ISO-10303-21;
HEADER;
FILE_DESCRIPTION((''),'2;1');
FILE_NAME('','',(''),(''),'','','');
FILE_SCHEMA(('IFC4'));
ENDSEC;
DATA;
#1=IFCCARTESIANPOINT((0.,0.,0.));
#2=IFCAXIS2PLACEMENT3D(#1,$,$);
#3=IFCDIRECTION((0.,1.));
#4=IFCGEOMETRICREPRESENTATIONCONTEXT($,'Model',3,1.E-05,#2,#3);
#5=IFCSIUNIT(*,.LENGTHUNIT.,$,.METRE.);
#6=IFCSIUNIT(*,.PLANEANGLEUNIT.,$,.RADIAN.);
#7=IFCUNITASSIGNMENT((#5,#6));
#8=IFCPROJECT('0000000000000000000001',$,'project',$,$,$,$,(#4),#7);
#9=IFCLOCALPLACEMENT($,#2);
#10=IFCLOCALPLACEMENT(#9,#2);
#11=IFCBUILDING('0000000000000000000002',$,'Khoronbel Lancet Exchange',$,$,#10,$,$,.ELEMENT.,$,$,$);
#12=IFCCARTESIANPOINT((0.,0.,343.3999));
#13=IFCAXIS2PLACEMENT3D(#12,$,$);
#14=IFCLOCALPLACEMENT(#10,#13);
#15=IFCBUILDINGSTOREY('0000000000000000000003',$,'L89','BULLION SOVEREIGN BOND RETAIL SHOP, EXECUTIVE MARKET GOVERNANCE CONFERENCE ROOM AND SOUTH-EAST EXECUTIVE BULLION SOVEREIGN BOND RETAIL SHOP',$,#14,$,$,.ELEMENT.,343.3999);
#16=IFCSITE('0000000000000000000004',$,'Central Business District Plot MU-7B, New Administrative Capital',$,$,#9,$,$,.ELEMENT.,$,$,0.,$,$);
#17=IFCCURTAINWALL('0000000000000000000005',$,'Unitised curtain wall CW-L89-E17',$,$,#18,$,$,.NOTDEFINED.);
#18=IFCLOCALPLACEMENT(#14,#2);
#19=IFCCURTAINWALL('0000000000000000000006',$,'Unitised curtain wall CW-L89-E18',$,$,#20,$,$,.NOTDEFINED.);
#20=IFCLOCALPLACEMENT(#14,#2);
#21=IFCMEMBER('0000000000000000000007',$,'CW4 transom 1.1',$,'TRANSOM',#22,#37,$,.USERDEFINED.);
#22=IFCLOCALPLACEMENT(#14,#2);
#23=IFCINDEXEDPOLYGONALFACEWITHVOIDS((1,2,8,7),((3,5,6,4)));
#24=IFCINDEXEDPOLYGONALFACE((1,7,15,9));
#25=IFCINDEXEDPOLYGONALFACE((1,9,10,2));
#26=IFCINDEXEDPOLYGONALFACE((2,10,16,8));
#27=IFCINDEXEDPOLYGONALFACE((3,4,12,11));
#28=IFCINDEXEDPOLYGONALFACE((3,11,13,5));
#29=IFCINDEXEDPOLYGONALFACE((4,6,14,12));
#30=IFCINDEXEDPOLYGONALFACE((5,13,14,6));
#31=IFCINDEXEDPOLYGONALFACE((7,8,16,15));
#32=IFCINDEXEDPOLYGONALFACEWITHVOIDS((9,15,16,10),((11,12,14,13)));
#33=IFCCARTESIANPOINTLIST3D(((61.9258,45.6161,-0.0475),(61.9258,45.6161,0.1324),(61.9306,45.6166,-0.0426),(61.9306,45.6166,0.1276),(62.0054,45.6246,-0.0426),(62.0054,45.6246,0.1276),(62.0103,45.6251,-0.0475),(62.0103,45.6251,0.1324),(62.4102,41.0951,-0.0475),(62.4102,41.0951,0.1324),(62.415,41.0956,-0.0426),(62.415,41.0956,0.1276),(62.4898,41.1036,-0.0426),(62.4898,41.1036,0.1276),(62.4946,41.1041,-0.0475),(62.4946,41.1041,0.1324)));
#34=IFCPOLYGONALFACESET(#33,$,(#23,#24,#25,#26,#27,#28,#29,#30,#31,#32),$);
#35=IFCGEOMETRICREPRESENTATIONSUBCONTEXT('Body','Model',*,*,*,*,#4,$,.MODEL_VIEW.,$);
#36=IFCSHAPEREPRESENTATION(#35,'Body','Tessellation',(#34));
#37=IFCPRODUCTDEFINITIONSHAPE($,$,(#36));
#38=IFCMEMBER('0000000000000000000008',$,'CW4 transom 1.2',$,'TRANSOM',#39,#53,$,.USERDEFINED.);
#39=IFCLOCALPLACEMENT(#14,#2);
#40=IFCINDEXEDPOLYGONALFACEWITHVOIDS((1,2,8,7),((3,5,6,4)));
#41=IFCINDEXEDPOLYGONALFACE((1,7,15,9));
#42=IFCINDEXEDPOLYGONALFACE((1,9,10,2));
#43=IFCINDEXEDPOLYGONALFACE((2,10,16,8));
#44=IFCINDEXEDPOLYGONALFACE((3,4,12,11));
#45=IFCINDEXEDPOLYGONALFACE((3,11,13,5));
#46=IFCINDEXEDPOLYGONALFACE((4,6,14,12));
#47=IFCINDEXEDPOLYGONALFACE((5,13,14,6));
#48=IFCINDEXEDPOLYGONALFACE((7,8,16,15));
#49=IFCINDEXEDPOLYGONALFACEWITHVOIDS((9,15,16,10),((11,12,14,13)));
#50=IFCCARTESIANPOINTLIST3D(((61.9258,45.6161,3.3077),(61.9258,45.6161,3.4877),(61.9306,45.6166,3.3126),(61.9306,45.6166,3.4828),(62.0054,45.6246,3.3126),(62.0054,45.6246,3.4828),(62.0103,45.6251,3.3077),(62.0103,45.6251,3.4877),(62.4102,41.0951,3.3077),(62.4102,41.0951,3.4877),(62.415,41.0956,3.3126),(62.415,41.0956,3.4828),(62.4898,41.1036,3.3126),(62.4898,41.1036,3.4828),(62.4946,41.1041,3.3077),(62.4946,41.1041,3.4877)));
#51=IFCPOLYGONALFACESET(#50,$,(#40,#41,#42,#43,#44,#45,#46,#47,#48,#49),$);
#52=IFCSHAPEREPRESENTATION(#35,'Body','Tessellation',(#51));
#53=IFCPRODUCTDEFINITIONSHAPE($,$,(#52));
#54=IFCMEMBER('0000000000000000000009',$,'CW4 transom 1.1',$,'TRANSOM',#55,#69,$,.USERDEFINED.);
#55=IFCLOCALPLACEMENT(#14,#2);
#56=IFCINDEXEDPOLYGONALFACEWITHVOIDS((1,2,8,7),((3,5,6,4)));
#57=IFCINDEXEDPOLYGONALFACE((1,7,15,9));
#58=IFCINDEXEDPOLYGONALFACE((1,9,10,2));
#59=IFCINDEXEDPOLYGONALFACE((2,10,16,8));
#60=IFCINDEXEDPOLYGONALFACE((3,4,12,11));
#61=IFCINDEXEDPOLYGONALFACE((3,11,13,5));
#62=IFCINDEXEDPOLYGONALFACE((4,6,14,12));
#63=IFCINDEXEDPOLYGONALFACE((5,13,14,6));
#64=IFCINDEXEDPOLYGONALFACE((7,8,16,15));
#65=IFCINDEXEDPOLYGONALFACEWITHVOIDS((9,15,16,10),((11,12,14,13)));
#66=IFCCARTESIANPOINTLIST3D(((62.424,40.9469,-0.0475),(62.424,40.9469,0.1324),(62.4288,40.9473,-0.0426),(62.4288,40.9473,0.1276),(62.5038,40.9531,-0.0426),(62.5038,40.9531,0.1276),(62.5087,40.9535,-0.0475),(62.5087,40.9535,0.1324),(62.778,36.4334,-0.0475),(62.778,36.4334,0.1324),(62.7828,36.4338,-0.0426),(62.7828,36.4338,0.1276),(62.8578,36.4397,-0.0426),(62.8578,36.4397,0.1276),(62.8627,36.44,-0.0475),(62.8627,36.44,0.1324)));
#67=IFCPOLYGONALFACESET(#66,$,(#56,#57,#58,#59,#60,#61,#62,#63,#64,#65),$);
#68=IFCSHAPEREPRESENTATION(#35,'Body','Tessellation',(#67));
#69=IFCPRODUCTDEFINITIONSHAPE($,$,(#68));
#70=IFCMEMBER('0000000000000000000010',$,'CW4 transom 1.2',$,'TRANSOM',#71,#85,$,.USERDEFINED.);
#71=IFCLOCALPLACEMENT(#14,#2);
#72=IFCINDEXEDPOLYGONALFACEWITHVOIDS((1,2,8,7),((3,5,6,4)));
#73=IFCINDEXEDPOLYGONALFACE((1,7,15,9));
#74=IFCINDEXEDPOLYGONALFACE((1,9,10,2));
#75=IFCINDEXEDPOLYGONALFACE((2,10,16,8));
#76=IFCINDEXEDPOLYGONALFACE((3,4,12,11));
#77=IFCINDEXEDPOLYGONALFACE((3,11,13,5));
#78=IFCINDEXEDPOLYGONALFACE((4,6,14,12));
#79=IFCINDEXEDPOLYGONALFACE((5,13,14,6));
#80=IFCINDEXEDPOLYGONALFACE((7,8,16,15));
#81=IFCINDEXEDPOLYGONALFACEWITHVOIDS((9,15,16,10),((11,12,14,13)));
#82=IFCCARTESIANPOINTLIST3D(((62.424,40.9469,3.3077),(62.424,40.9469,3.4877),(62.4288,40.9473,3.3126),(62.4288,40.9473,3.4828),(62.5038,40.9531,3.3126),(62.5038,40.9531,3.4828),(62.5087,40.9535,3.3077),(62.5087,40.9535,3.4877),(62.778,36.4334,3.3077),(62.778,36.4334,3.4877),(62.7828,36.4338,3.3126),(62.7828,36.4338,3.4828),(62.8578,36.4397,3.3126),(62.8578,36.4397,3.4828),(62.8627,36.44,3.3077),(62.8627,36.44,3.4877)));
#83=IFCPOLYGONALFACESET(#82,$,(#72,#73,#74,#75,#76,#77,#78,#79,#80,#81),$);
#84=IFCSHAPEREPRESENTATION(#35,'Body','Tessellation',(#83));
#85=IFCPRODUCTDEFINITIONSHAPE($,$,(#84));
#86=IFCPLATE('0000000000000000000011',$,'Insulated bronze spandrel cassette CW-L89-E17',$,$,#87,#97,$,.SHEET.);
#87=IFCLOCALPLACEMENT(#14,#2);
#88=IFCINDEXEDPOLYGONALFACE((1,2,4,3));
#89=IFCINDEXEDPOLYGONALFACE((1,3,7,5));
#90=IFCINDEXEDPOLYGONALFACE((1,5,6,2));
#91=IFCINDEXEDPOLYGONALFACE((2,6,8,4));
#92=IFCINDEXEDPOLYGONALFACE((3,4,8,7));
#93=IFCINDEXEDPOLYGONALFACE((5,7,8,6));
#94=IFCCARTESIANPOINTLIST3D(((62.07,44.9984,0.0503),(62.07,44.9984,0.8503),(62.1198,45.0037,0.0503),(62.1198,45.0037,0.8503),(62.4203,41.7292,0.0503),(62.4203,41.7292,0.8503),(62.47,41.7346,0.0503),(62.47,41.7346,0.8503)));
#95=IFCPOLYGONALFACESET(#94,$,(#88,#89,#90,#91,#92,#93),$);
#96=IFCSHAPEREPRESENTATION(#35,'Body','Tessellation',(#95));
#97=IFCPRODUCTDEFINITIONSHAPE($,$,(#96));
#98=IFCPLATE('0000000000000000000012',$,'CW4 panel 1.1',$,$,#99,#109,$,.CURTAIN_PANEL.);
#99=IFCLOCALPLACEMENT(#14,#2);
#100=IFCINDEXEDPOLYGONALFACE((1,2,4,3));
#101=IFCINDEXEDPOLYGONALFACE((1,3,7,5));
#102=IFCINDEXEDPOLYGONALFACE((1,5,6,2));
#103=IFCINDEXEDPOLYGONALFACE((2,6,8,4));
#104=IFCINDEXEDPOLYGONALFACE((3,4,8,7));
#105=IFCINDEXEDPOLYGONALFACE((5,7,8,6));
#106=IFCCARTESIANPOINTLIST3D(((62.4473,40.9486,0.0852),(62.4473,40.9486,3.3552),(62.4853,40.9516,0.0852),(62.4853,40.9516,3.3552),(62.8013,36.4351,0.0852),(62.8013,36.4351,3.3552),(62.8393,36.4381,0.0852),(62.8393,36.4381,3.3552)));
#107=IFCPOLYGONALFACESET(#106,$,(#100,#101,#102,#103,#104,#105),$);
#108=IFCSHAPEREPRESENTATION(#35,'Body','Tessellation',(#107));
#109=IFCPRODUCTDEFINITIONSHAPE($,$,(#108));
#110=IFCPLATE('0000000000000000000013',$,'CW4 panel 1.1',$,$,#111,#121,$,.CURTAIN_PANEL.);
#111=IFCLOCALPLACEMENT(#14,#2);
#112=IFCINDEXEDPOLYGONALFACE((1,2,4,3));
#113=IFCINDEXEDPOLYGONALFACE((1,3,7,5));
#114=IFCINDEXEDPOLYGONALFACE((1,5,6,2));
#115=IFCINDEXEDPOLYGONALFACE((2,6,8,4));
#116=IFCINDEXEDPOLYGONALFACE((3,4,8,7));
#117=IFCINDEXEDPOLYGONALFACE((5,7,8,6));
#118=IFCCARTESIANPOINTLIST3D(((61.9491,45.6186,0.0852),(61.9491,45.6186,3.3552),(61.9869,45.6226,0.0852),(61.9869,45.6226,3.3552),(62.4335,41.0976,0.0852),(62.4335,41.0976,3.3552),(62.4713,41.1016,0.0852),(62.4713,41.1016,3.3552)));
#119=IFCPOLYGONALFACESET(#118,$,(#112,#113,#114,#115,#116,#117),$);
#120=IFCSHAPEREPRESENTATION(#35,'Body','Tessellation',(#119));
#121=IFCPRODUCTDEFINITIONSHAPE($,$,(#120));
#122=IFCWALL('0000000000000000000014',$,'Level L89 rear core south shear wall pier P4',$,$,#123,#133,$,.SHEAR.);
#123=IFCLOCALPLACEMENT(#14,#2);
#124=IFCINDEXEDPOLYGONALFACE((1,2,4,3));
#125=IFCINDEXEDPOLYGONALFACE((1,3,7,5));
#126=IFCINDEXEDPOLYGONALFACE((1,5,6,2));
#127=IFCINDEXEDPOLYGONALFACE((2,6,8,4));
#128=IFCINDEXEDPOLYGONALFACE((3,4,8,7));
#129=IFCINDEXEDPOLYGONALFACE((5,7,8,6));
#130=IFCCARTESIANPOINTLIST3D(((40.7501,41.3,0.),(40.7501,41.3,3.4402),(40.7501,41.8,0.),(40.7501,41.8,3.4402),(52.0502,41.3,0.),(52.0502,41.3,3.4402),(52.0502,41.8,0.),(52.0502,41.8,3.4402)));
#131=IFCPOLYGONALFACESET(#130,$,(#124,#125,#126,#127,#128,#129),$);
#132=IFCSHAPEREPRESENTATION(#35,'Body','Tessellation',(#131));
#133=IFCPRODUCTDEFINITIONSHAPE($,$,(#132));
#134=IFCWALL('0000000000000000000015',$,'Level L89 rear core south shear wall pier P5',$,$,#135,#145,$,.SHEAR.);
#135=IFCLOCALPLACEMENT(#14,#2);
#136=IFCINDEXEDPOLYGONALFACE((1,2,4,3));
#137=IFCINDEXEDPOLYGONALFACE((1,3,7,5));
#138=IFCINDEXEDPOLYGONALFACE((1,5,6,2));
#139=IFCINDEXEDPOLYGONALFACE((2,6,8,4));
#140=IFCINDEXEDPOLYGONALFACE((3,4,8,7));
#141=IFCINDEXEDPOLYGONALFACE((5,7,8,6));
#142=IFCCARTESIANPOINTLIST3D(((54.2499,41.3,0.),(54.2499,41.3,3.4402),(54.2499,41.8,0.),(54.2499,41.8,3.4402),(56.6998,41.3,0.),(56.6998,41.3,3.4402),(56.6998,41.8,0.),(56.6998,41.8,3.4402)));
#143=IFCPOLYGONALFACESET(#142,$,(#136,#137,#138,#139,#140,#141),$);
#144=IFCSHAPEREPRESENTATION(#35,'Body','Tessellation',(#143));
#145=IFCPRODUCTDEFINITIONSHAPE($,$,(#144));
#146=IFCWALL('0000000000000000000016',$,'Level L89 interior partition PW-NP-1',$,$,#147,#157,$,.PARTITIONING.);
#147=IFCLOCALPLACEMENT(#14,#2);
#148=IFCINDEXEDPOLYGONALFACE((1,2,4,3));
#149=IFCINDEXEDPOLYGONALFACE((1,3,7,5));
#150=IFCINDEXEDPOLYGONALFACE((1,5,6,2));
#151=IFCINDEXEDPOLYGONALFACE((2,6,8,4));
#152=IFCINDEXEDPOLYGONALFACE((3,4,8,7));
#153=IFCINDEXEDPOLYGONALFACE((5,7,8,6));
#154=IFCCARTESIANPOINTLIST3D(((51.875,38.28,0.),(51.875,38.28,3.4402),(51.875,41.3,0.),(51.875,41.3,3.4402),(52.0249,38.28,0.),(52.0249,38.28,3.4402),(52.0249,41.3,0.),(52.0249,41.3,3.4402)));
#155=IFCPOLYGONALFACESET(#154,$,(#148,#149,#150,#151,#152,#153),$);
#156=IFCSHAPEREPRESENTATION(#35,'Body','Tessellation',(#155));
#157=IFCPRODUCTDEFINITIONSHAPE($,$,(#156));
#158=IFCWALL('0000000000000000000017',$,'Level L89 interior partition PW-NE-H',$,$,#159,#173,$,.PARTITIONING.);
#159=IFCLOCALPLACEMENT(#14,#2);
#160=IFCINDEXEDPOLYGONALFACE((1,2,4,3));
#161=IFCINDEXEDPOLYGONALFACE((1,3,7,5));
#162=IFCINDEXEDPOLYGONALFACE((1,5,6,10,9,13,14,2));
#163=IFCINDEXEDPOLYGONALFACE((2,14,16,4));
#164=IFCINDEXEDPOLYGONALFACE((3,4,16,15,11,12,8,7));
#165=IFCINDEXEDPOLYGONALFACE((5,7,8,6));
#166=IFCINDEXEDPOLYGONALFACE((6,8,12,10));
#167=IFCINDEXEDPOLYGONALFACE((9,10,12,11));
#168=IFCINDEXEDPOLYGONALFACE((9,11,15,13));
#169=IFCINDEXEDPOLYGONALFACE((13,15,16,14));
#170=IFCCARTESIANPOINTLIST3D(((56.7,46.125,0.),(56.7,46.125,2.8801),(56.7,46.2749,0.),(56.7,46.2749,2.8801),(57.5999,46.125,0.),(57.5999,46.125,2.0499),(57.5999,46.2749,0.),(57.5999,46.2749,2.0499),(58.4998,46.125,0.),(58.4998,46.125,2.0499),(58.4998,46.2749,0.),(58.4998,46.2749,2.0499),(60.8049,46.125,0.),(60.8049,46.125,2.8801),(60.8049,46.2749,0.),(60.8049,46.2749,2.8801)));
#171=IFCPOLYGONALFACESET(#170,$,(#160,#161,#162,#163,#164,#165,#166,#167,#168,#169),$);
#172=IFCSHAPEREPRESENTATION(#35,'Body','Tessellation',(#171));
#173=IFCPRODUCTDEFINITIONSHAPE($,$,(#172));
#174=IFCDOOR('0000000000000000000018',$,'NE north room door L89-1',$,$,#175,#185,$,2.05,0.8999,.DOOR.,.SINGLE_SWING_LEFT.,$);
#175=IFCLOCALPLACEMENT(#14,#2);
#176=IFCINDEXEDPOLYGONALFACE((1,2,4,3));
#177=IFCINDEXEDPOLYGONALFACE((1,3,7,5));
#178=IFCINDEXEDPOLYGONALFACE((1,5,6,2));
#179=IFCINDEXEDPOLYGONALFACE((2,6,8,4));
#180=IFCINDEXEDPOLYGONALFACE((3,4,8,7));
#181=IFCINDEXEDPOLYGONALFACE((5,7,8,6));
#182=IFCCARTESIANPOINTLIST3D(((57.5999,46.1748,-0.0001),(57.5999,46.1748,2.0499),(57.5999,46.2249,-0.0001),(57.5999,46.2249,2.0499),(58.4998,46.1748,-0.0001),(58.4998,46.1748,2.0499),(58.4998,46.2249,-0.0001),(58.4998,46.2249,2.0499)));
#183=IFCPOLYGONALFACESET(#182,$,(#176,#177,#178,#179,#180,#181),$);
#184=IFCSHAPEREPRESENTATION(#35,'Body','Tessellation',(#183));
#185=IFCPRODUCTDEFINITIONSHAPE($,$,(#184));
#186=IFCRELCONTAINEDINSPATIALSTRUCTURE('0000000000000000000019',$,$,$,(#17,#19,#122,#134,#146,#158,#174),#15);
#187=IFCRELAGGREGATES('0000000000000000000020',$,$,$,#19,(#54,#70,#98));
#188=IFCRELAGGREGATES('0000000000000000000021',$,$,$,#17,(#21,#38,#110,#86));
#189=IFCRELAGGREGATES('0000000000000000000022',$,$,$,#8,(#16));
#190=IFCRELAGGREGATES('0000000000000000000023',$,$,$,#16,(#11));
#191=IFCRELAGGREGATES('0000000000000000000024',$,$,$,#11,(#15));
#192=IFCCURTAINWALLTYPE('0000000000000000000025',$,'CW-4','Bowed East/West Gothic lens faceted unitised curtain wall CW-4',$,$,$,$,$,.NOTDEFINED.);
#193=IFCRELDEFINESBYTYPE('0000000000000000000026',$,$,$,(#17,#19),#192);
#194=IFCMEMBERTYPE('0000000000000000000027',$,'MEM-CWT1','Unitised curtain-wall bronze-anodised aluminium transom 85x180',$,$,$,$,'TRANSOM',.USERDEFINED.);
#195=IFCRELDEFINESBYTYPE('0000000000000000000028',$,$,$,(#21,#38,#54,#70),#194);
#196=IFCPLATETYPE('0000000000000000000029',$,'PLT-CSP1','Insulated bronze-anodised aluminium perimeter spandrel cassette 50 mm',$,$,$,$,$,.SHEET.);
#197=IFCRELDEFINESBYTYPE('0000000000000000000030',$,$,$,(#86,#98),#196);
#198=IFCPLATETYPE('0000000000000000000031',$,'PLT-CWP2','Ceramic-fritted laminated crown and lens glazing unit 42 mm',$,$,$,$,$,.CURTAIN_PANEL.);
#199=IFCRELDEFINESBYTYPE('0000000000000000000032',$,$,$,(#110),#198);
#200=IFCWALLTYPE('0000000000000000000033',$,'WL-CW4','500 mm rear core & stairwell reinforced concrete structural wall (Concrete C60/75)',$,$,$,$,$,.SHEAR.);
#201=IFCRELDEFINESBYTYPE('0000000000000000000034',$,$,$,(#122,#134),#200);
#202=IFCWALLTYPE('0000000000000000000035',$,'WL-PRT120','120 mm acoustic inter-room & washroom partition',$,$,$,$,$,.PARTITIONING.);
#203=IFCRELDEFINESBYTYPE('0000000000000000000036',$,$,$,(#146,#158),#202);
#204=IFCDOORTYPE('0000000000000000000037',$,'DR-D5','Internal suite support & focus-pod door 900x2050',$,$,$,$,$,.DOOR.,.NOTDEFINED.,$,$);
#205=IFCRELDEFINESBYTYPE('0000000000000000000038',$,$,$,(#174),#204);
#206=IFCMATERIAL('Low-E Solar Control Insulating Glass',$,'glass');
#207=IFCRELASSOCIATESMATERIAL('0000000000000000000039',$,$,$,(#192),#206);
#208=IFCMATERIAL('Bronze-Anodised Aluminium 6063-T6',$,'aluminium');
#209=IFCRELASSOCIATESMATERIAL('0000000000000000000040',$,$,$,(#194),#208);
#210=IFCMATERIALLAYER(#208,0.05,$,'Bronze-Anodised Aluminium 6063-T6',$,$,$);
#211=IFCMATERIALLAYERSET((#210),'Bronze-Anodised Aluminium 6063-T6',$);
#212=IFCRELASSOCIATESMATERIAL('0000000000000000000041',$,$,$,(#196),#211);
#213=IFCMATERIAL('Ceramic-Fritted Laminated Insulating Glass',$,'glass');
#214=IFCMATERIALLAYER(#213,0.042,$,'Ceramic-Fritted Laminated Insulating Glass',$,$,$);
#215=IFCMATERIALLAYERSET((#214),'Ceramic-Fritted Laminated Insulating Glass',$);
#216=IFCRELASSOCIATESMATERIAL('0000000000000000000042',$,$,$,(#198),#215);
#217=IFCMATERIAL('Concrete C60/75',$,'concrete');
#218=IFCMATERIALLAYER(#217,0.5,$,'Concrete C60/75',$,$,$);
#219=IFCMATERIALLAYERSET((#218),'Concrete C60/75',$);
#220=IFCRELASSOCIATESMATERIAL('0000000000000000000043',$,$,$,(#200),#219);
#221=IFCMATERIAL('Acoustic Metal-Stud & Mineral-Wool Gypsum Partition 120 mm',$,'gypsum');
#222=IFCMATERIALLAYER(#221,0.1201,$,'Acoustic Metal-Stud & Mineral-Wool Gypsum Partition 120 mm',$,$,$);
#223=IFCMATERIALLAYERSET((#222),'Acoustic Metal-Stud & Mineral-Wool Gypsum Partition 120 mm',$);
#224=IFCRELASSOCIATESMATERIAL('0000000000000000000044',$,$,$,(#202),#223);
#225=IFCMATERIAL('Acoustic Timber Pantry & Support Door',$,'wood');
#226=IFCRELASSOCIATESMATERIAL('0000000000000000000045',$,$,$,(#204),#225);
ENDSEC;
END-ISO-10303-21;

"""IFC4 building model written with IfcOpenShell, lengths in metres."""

from ifc_helpers import new_model, si_unit, direction, frame, frame_2d, origin, origin_2d, place, context, subcontext, project, spatial, rectangle, hollow_rectangle, extrude, material, layer, layer_set, material_profile, profile_set, type_object, element, fill, aggregate, save


model = new_model("IFC4")

# Units and contexts
model_context = context("Model", 3, precision=1e-05, world=origin(), true_north=direction((0.0, 1.0)))
body_context = subcontext(model_context, "Body", "Model", "MODEL_VIEW")
ifc_project = project(units=[si_unit("LENGTHUNIT", "METRE"), si_unit("PLANEANGLEUNIT", "RADIAN")], contexts=[model_context])

# Site, building, storey
site_placement = place(None, origin())
site = spatial("IfcSite", under=ifc_project, at=site_placement, Name="Central Business District Plot MU-7B, New Administrative Capital", CompositionType="ELEMENT", RefElevation=0.0)
building_placement = place(site_placement, origin())
building = spatial("IfcBuilding", under=site, at=building_placement, Name="Khoronbel Lancet Exchange", CompositionType="ELEMENT")
storey_placement = place(building_placement, frame((0.0, 0.0, 343.3999)))
storey = spatial("IfcBuildingStorey", under=building, at=storey_placement, Name="L89", Description="BULLION SOVEREIGN BOND RETAIL SHOP, EXECUTIVE MARKET GOVERNANCE CONFERENCE ROOM AND SOUTH-EAST EXECUTIVE BULLION SOVEREIGN BOND RETAIL SHOP", CompositionType="ELEMENT", Elevation=343.3999)

# Shared definitions
ifc_material_1 = material(Name="Concrete C60/75", Category="concrete")

# Curtain wall
ifc_material_2 = material(Name="Low-E Solar Control Insulating Glass", Category="glass")
curtain_wall_type = type_object("IfcCurtainWallType", Name="CW-4", Description="Bowed East/West Gothic lens faceted unitised curtain wall CW-4", PredefinedType="NOTDEFINED", material=ifc_material_2)
curtain_wall_1_placement = place(storey_placement, origin())
curtain_wall_1 = element("IfcCurtainWall", 1, at=curtain_wall_1_placement, inside=storey, type_object=curtain_wall_type, Name="Unitised curtain wall CW-L89-E17", PredefinedType="NOTDEFINED")
ifc_material_3 = material(Name="Bronze-Anodised Aluminium 6063-T6", Category="aluminium")

# Curtain wall
curtain_wall_2_placement = place(storey_placement, origin())
curtain_wall_2 = element("IfcCurtainWall", 2, at=curtain_wall_2_placement, inside=storey, type_object=curtain_wall_type, Name="Unitised curtain wall CW-L89-E18", PredefinedType="NOTDEFINED")

# Members
ifc_material_profile_1 = material_profile(ifc_material_3, hollow_rectangle(XDim=0.085, YDim=0.1799, WallThickness=0.0049, at=origin_2d()), Name="ALU TRANSOM 85x180")
ifc_profile_set_1 = profile_set([ifc_material_profile_1], Name="Bronze-Anodised Aluminium 6063-T6")
member_type_1 = type_object("IfcMemberType", Name="MEM-CWT1", Description="Unitised curtain-wall bronze-anodised aluminium transom 85x180", ElementType="TRANSOM", PredefinedType="USERDEFINED", material=ifc_profile_set_1)
member_1_placement = place(storey_placement, frame((61.968, 45.6206, 0.0425), z_axis=(0.106529, -0.99431, 0.0), x_axis=(0.99431, 0.106529, 0.0)))
member_1 = element("IfcMember", 3, at=member_1_placement, type_object=member_type_1, Name="CW4 transom 1.1", ObjectType="TRANSOM", PredefinedType="USERDEFINED", context=body_context, shape_type="SweptSolid", body=[
    extrude(hollow_rectangle(XDim=0.085, YDim=0.1799, WallThickness=0.0049, at=origin_2d()), origin(), (0.0, 0.0, 1.0), 4.5469),
])
member_2_placement = place(storey_placement, frame((61.968, 45.6206, 3.3977), z_axis=(0.106529, -0.99431, 0.0), x_axis=(0.99431, 0.106529, 0.0)))
member_2 = element("IfcMember", 4, at=member_2_placement, type_object=member_type_1, Name="CW4 transom 1.2", ObjectType="TRANSOM", PredefinedType="USERDEFINED", context=body_context, shape_type="SweptSolid", body=[
    extrude(hollow_rectangle(XDim=0.085, YDim=0.1799, WallThickness=0.0049, at=origin_2d()), origin(), (0.0, 0.0, 1.0), 4.5469),
])
member_3_placement = place(storey_placement, frame((62.4663, 40.9502, 0.0425), z_axis=(0.078193, -0.996938, 0.0), x_axis=(0.996938, 0.078193, 0.0)))
member_3 = element("IfcMember", 5, at=member_3_placement, type_object=member_type_1, Name="CW4 transom 1.1", ObjectType="TRANSOM", PredefinedType="USERDEFINED", context=body_context, shape_type="SweptSolid", body=[
    extrude(hollow_rectangle(XDim=0.085, YDim=0.1799, WallThickness=0.0049, at=origin_2d()), origin(), (0.0, 0.0, 1.0), 4.5273),
])
member_4_placement = place(storey_placement, frame((62.4663, 40.9502, 3.3977), z_axis=(0.078193, -0.996938, 0.0), x_axis=(0.996938, 0.078193, 0.0)))
member_4 = element("IfcMember", 6, at=member_4_placement, type_object=member_type_1, Name="CW4 transom 1.2", ObjectType="TRANSOM", PredefinedType="USERDEFINED", context=body_context, shape_type="SweptSolid", body=[
    extrude(hollow_rectangle(XDim=0.085, YDim=0.1799, WallThickness=0.0049, at=origin_2d()), origin(), (0.0, 0.0, 1.0), 4.5273),
])

# Plates
ifc_layer_1 = layer(ifc_material_3, 0.05, Name="Bronze-Anodised Aluminium 6063-T6")
ifc_layer_set_1 = layer_set([ifc_layer_1], Name="Bronze-Anodised Aluminium 6063-T6")
plate_type_1 = type_object("IfcPlateType", Name="PLT-CSP1", Description="Insulated bronze-anodised aluminium perimeter spandrel cassette 50 mm", PredefinedType="SHEET", material=ifc_layer_set_1)
plate_1_placement = place(storey_placement, frame((62.27, 43.3665, 0.0503), z_axis=(0.0, 0.0, 1.0), x_axis=(0.106538, -0.994309, 0.0)))
plate_1 = element("IfcPlate", 7, at=plate_1_placement, type_object=plate_type_1, Name="Insulated bronze spandrel cassette CW-L89-E17", PredefinedType="SHEET", context=body_context, shape_type="SweptSolid", body=[
    extrude(rectangle(XDim=3.2878, YDim=0.05, at=origin_2d()), origin(), (0.0, 0.0, 1.0), 0.8),
])
plate_2_placement = place(storey_placement, frame((62.6433, 38.6934, 0.0852), z_axis=(0.0, 0.0, 1.0), x_axis=(0.078184, -0.996939, 0.0)))
plate_2 = element("IfcPlate", 8, at=plate_2_placement, type_object=plate_type_1, Name="CW4 panel 1.1", PredefinedType="CURTAIN_PANEL", context=body_context, shape_type="SweptSolid", body=[
    extrude(rectangle(XDim=4.5273, YDim=0.0381, at=origin_2d()), origin(), (0.0, 0.0, 1.0), 3.27),
])
aggregate(curtain_wall_2, [member_3, member_4, plate_2])
ifc_material_4 = material(Name="Ceramic-Fritted Laminated Insulating Glass", Category="glass")
ifc_layer_2 = layer(ifc_material_4, 0.042, Name="Ceramic-Fritted Laminated Insulating Glass")
ifc_layer_set_2 = layer_set([ifc_layer_2], Name="Ceramic-Fritted Laminated Insulating Glass")
plate_type_2 = type_object("IfcPlateType", Name="PLT-CWP2", Description="Ceramic-fritted laminated crown and lens glazing unit 42 mm", PredefinedType="CURTAIN_PANEL", material=ifc_layer_set_2)
plate_3_placement = place(storey_placement, frame((62.2102, 43.3601, 0.0852), z_axis=(0.0, 0.0, 1.0), x_axis=(0.106538, -0.994309, 0.0)))
plate_3 = element("IfcPlate", 9, at=plate_3_placement, type_object=plate_type_2, Name="CW4 panel 1.1", PredefinedType="CURTAIN_PANEL", context=body_context, shape_type="SweptSolid", body=[
    extrude(rectangle(XDim=4.5469, YDim=0.0381, at=origin_2d()), origin(), (0.0, 0.0, 1.0), 3.27),
])
aggregate(curtain_wall_1, [member_1, member_2, plate_3, plate_1])

# Walls
ifc_layer_3 = layer(ifc_material_1, 0.5, Name="Concrete C60/75")
ifc_layer_set_3 = layer_set([ifc_layer_3], Name="Concrete C60/75")
wall_type_1 = type_object("IfcWallType", Name="WL-CW4", Description="500 mm rear core & stairwell reinforced concrete structural wall (Concrete C60/75)", PredefinedType="SHEAR", material=ifc_layer_set_3)
wall_1_placement = place(storey_placement, frame((52.05, 41.55, 0.0), z_axis=(0.0, 0.0, 1.0), x_axis=(-1.0, 0.0, 0.0)))
element("IfcWall", 10, at=wall_1_placement, inside=storey, type_object=wall_type_1, Name="Level L89 rear core south shear wall pier P4", PredefinedType="SHEAR", context=body_context, shape_type="SweptSolid", body=[
    extrude(rectangle(XDim=11.3, YDim=0.5, at=frame_2d((5.6499, 0.0))), origin(), (0.0, 0.0, 1.0), 3.4402),
])
wall_2_placement = place(storey_placement, frame((56.7, 41.55, 0.0), z_axis=(0.0, 0.0, 1.0), x_axis=(-1.0, 0.0, 0.0)))
element("IfcWall", 11, at=wall_2_placement, inside=storey, type_object=wall_type_1, Name="Level L89 rear core south shear wall pier P5", PredefinedType="SHEAR", context=body_context, shape_type="SweptSolid", body=[
    extrude(rectangle(XDim=2.45, YDim=0.5, at=frame_2d((1.2251, 0.0))), origin(), (0.0, 0.0, 1.0), 3.4402),
])
ifc_material_5 = material(Name="Acoustic Metal-Stud & Mineral-Wool Gypsum Partition 120 mm", Category="gypsum")
ifc_layer_4 = layer(ifc_material_5, 0.1201, Name="Acoustic Metal-Stud & Mineral-Wool Gypsum Partition 120 mm")
ifc_layer_set_4 = layer_set([ifc_layer_4], Name="Acoustic Metal-Stud & Mineral-Wool Gypsum Partition 120 mm")
wall_type_2 = type_object("IfcWallType", Name="WL-PRT120", Description="120 mm acoustic inter-room & washroom partition", PredefinedType="PARTITIONING", material=ifc_layer_set_4)
wall_3_placement = place(storey_placement, frame((51.95, 38.28, 0.0), z_axis=(0.0, 0.0, 1.0), x_axis=(0.0, 1.0, 0.0)))
element("IfcWall", 12, at=wall_3_placement, inside=storey, type_object=wall_type_2, Name="Level L89 interior partition PW-NP-1", PredefinedType="PARTITIONING", context=body_context, shape_type="SweptSolid", body=[
    extrude(rectangle(XDim=3.02, YDim=0.1499, at=frame_2d((1.51, 0.0))), origin(), (0.0, 0.0, 1.0), 3.4402),
])

# Wall, opening, door
wall_4_placement = place(storey_placement, frame((56.7, 46.2, 0.0), z_axis=(0.0, 0.0, 1.0), x_axis=(1.0, 0.0, 0.0)))
wall_4 = element("IfcWall", 13, at=wall_4_placement, inside=storey, type_object=wall_type_2, Name="Level L89 interior partition PW-NE-H", PredefinedType="PARTITIONING", context=body_context, shape_type="SweptSolid", body=[
    extrude(rectangle(XDim=4.105, YDim=0.1499, at=frame_2d((2.0525, 0.0))), origin(), (0.0, 0.0, 1.0), 2.8801),
])
opening_1_placement = place(wall_4_placement, frame((0.8999, 0.0, 0.0)))
opening_1 = element("IfcOpeningElement", 14, at=opening_1_placement, cuts=wall_4, PredefinedType="OPENING", context=body_context, shape_type="SweptSolid", body=[
    extrude(rectangle(XDim=0.8999, YDim=2.05, at=frame_2d((0.45, 1.0249))), frame((0.0, 0.085, 0.0), z_axis=(0.0, -1.0, 0.0), x_axis=(1.0, 0.0, 0.0)), (0.0, 0.0, 1.0), 0.1699),
])
ifc_material_6 = material(Name="Acoustic Timber Pantry & Support Door", Category="wood")
door_type_1 = type_object("IfcDoorType", Name="DR-D5", Description="Internal suite support & focus-pod door 900x2050", OperationType="NOTDEFINED", PredefinedType="DOOR", material=ifc_material_6)
door_1_placement = place(opening_1_placement, origin())
door_1 = element("IfcDoor", 15, at=door_1_placement, inside=storey, type_object=door_type_1, Name="NE north room door L89-1", OperationType="SINGLE_SWING_LEFT", OverallHeight=2.05, OverallWidth=0.8999, PredefinedType="DOOR", context=body_context, shape_type="SweptSolid", body=[
    extrude(rectangle(XDim=0.8999, YDim=2.05, at=frame_2d((0.45, 1.0249))), frame((0.0, 0.0249, 0.0), z_axis=(0.0, -1.0, 0.0), x_axis=(1.0, 0.0, 0.0)), (0.0, 0.0, 1.0), 0.05),
])
fill(opening_1, door_1)

save(model, "model.ifc")
